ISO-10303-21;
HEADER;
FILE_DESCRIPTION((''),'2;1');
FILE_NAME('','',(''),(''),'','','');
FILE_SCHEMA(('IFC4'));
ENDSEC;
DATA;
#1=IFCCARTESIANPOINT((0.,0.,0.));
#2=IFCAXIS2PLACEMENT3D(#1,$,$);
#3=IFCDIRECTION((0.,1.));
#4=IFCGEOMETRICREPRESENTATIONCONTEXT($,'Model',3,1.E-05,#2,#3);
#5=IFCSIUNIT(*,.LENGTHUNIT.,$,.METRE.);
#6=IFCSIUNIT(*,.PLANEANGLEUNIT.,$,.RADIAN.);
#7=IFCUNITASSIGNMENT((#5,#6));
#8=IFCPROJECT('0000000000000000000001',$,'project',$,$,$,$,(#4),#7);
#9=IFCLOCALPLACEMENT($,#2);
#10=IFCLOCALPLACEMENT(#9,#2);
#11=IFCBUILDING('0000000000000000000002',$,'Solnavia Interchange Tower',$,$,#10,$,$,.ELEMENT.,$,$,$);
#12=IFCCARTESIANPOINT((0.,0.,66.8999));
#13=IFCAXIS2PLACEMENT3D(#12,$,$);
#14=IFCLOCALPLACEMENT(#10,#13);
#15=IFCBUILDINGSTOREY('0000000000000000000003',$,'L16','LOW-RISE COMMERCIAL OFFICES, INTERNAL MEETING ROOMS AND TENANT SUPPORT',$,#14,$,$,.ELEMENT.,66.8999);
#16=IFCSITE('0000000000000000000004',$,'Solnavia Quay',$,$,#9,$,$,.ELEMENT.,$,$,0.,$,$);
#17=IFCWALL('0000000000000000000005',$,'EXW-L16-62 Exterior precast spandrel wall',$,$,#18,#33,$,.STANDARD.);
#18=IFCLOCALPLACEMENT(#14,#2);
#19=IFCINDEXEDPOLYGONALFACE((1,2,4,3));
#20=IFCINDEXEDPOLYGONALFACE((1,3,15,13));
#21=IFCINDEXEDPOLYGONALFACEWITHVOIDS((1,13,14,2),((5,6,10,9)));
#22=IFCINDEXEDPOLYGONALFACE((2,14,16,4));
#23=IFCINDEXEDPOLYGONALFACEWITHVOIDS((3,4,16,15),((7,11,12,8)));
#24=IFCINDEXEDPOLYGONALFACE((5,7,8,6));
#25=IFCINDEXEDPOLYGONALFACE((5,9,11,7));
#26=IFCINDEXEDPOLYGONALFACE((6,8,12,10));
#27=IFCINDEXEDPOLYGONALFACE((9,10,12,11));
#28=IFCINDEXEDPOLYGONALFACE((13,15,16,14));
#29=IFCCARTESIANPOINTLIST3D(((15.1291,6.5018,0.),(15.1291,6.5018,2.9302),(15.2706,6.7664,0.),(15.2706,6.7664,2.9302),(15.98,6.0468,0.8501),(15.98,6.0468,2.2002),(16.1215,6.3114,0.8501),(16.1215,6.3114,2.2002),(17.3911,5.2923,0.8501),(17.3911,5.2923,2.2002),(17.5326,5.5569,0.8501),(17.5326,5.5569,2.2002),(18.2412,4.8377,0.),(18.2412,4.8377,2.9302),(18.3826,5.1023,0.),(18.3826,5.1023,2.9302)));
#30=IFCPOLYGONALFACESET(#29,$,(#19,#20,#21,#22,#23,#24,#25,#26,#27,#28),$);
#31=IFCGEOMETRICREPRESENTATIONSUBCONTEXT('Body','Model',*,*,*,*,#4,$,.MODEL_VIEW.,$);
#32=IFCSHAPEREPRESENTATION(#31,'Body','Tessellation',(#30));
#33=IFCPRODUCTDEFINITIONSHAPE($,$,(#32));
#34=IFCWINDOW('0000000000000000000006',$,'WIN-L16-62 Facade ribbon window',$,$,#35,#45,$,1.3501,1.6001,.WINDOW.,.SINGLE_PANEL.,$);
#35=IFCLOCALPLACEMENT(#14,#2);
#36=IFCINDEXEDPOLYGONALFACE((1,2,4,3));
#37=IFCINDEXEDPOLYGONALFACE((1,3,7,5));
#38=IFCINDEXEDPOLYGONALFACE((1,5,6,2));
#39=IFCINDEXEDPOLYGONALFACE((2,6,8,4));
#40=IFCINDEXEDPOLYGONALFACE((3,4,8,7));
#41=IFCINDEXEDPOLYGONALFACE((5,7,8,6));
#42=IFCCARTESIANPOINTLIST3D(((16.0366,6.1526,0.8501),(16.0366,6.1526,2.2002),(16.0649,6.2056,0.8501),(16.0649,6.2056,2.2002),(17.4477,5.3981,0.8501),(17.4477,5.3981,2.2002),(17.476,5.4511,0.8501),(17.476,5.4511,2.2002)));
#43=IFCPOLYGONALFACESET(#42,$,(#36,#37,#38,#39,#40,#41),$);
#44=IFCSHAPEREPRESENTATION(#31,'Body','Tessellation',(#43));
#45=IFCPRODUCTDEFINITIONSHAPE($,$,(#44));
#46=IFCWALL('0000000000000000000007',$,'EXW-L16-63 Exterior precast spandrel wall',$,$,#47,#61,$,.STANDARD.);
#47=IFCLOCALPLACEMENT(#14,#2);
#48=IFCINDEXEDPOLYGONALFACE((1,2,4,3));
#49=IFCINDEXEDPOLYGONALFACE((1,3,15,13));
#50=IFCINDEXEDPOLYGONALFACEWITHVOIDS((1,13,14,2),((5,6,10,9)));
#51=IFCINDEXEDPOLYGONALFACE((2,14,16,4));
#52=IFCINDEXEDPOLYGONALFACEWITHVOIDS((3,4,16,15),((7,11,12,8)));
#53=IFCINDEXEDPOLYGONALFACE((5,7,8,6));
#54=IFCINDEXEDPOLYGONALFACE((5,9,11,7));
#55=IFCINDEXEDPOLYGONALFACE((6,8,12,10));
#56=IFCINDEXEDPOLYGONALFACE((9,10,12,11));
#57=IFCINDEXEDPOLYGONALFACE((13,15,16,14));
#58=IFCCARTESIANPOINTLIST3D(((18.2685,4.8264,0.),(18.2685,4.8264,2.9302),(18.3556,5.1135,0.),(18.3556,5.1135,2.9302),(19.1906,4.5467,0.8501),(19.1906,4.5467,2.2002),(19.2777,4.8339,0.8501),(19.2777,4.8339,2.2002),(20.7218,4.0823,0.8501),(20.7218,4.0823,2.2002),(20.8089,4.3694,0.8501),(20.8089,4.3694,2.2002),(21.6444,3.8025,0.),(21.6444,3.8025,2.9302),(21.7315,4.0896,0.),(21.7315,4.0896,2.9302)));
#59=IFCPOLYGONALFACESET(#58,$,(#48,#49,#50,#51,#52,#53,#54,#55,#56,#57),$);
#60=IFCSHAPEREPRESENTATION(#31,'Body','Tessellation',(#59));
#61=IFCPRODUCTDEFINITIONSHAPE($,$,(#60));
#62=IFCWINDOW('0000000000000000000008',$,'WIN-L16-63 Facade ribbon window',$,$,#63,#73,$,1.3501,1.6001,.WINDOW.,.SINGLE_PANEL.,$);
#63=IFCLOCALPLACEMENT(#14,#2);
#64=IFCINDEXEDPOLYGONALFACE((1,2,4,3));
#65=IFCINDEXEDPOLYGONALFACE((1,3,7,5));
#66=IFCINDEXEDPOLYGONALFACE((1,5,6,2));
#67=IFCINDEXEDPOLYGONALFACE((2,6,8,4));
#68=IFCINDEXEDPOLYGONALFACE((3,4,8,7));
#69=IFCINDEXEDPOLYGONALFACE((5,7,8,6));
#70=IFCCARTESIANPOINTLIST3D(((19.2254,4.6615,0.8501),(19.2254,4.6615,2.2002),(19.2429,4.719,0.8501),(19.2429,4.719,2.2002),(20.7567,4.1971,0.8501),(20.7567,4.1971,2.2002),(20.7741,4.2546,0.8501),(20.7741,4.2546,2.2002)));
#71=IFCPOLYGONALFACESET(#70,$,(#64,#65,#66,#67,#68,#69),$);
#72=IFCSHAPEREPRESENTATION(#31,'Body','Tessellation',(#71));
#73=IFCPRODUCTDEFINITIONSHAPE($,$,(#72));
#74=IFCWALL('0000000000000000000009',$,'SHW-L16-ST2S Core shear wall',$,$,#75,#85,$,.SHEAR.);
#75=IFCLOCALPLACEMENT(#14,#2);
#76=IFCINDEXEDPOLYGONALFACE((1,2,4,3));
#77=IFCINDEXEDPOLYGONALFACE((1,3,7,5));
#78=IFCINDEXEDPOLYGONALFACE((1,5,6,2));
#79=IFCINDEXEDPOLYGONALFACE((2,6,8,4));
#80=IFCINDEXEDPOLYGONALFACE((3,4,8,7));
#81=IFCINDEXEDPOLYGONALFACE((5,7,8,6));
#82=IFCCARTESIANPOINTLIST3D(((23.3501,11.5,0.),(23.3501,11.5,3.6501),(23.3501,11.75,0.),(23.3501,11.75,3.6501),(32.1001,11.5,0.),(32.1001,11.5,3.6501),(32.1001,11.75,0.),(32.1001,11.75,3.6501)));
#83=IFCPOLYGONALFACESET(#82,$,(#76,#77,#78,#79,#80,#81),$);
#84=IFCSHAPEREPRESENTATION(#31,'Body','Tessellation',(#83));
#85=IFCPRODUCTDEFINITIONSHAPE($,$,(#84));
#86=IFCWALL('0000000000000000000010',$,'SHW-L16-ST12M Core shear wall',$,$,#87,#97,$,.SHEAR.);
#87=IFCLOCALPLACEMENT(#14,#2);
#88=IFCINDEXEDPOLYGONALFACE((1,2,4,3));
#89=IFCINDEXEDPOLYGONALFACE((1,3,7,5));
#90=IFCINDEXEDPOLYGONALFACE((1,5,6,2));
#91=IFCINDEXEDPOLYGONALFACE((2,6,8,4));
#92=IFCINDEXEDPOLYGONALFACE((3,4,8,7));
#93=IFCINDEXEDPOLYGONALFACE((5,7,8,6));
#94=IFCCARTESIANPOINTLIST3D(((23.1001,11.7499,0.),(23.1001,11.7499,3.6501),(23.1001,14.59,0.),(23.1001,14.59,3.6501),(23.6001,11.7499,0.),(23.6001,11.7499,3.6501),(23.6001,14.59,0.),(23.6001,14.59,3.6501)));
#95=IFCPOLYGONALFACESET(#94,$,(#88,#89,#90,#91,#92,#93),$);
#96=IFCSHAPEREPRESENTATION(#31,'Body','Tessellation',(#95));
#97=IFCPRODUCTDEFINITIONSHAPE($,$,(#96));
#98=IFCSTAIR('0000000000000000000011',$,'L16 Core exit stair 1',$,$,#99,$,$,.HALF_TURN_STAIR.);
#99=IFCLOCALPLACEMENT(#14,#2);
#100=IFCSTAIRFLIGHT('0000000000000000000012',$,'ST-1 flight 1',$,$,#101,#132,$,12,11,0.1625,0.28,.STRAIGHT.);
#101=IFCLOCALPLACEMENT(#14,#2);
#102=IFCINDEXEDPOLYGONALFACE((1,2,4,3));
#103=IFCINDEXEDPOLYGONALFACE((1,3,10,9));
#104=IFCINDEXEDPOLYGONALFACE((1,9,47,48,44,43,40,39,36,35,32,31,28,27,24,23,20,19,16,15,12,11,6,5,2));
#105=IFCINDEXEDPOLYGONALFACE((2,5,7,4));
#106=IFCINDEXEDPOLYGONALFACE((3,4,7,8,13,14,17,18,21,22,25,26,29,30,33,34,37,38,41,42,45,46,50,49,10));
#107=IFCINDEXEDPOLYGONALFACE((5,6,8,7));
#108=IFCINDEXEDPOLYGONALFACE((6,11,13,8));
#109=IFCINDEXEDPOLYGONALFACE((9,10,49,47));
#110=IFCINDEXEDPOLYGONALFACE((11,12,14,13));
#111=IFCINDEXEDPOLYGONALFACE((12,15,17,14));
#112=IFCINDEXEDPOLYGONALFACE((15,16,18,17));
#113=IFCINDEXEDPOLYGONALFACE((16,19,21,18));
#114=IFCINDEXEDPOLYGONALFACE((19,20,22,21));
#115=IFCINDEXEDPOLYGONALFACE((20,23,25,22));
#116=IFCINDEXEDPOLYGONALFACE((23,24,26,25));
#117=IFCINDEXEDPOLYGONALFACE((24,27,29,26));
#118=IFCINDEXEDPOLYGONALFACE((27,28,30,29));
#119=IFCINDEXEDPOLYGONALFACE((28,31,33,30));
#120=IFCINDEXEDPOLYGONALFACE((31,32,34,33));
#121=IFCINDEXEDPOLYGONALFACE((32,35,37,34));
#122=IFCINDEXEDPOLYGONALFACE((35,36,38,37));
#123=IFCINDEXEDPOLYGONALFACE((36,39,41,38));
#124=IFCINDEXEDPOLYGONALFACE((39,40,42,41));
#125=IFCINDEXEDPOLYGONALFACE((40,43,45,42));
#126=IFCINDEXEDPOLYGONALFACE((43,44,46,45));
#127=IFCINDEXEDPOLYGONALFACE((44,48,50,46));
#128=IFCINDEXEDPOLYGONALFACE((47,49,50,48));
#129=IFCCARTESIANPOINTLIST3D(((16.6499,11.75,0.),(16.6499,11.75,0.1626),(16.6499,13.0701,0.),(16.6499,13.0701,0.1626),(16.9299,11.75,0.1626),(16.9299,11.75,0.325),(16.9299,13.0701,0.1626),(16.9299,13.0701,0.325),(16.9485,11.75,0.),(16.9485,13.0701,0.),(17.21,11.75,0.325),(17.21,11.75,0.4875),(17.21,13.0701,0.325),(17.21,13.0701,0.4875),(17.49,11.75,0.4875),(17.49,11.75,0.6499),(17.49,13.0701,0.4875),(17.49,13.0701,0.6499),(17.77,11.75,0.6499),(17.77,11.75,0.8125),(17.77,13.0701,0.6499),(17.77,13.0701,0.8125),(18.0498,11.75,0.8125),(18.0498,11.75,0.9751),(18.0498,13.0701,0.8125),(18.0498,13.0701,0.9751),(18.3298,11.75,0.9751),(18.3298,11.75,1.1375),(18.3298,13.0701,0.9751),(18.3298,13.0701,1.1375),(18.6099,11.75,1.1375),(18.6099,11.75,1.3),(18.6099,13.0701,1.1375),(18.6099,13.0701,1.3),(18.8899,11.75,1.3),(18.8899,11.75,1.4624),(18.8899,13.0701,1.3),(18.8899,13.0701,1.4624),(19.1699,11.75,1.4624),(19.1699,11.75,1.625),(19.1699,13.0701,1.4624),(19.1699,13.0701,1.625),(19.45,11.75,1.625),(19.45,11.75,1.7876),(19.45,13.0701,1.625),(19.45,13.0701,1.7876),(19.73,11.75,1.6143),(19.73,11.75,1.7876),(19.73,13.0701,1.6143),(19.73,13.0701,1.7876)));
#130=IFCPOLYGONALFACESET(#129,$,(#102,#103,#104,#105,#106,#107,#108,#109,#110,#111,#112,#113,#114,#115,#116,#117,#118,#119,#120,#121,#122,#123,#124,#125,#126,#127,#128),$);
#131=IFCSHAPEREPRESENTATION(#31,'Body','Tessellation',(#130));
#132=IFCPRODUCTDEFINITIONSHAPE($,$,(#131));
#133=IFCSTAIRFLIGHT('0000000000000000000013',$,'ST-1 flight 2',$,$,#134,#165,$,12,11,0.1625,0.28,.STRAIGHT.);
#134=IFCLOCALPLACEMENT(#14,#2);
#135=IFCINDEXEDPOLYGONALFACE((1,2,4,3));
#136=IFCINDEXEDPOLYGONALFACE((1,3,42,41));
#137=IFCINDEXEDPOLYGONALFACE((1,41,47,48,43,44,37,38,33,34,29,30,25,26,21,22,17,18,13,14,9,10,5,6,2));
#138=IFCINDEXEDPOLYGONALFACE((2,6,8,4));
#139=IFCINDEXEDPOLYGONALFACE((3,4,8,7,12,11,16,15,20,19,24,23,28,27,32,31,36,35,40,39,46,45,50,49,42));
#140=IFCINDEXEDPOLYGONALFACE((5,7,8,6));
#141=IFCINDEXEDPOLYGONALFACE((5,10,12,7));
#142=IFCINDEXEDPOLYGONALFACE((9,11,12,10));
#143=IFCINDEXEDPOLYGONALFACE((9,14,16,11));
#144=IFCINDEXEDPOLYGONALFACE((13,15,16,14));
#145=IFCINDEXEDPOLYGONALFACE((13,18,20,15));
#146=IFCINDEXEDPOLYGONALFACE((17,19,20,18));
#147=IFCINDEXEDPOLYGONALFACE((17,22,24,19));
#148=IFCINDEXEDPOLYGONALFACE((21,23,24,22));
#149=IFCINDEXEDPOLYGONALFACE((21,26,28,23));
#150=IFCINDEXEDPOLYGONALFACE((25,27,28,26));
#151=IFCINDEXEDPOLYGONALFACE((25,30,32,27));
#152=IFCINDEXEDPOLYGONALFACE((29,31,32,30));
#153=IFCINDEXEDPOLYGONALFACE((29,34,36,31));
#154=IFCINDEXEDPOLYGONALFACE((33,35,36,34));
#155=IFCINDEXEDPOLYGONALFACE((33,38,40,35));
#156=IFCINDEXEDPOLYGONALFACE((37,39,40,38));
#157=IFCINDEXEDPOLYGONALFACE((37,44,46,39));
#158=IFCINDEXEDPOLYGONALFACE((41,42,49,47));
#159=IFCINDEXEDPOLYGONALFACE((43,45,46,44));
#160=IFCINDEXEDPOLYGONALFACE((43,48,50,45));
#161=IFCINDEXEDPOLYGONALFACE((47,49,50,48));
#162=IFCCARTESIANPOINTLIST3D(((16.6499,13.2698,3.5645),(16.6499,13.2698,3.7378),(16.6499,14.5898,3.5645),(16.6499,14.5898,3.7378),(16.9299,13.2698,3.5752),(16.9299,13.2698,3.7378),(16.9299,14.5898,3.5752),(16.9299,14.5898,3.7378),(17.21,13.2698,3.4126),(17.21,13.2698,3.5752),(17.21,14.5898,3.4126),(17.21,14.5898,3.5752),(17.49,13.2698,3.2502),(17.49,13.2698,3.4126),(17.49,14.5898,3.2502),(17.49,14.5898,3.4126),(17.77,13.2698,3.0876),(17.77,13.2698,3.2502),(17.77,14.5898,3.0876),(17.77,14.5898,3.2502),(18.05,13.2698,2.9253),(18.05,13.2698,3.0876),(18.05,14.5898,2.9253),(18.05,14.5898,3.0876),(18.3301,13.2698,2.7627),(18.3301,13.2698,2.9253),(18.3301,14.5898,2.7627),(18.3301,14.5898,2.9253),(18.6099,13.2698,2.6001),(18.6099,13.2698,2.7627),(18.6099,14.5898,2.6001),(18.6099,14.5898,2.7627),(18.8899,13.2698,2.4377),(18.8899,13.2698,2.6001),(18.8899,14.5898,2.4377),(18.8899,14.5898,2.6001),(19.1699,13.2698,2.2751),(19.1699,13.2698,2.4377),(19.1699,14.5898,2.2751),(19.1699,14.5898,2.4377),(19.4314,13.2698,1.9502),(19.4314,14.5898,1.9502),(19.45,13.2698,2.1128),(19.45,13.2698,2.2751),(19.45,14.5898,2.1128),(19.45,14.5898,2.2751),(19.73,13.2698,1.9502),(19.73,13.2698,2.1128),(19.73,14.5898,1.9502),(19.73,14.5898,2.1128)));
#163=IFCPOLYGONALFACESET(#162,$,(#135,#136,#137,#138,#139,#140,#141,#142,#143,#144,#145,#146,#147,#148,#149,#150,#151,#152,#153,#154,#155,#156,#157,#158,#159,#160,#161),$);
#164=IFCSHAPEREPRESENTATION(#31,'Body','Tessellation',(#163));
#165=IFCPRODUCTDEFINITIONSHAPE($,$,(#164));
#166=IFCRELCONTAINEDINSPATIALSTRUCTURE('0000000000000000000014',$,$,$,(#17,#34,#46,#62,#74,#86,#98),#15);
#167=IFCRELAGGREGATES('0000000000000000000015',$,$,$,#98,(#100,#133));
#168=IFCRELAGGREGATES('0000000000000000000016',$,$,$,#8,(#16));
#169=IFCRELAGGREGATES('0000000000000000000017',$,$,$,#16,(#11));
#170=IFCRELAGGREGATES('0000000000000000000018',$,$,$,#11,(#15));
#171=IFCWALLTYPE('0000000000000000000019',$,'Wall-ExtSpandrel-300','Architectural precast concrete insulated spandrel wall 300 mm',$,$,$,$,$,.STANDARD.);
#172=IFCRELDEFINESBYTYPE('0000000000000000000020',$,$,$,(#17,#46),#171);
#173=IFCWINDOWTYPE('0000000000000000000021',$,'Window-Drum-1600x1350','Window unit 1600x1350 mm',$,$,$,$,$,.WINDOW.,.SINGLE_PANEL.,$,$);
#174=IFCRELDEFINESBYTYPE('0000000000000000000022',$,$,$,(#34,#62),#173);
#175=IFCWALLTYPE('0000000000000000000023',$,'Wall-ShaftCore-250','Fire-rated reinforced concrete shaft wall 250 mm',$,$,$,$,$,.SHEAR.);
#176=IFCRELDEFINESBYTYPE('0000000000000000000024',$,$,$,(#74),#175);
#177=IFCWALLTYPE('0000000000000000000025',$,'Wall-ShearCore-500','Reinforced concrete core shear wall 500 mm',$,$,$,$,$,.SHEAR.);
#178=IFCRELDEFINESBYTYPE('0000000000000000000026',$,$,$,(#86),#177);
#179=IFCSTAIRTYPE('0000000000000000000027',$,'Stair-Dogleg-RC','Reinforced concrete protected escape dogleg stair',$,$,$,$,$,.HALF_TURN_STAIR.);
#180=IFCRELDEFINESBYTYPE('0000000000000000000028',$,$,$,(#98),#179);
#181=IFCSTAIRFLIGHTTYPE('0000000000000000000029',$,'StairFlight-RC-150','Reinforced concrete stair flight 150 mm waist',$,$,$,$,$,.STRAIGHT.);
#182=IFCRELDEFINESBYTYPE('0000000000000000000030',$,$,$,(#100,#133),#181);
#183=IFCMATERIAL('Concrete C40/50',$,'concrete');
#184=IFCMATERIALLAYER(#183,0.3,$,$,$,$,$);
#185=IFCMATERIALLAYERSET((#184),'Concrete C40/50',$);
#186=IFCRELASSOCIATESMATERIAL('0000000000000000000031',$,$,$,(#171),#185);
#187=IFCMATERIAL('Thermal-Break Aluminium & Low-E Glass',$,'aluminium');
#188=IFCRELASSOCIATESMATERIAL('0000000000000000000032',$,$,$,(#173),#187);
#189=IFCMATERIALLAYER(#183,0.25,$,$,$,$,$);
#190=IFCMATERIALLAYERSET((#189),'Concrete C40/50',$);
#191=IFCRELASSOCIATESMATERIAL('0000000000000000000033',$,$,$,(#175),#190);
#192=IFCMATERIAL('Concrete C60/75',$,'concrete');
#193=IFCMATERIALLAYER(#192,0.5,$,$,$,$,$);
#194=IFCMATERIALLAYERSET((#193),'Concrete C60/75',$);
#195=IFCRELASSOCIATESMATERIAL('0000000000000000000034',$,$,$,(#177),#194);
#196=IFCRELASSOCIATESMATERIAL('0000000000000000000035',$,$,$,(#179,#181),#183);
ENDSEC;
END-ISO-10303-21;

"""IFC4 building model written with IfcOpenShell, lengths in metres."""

from ifc_helpers import new_model, si_unit, direction, frame, frame_2d, origin, place, context, subcontext, project, spatial, polyline, rectangle, outline, extrude, material, layer, layer_set, type_object, element, fill, aggregate, save


model = new_model("IFC4")

# Units and contexts
model_context = context("Model", 3, precision=1e-05, world=origin(), true_north=direction((0.0, 1.0)))
body_context = subcontext(model_context, "Body", "Model", "MODEL_VIEW")
ifc_project = project(units=[si_unit("LENGTHUNIT", "METRE"), si_unit("PLANEANGLEUNIT", "RADIAN")], contexts=[model_context])

# Site, building, storey
site_placement = place(None, origin())
site = spatial("IfcSite", under=ifc_project, at=site_placement, Name="Solnavia Quay", CompositionType="ELEMENT", RefElevation=0.0)
building_placement = place(site_placement, origin())
building = spatial("IfcBuilding", under=site, at=building_placement, Name="Solnavia Interchange Tower", CompositionType="ELEMENT")
storey_placement = place(building_placement, frame((0.0, 0.0, 66.8999)))
storey = spatial("IfcBuildingStorey", under=building, at=storey_placement, Name="L16", Description="LOW-RISE COMMERCIAL OFFICES, INTERNAL MEETING ROOMS AND TENANT SUPPORT", CompositionType="ELEMENT", Elevation=66.8999)

# Shared definitions
ifc_material_1 = material(Name="Concrete C60/75", Category="concrete")

# Walls, openings, windows
ifc_material_2 = material(Name="Concrete C40/50", Category="concrete")
ifc_layer_1 = layer(ifc_material_2, 0.3)
ifc_layer_set_1 = layer_set([ifc_layer_1], Name="Concrete C40/50")
wall_type_1 = type_object("IfcWallType", Name="Wall-ExtSpandrel-300", Description="Architectural precast concrete insulated spandrel wall 300 mm", PredefinedType="STANDARD", material=ifc_layer_set_1)
wall_1_placement = place(storey_placement, frame((18.312, 4.97, 0.0), z_axis=(0.0, 0.0, 1.0), x_axis=(-0.881847, 0.471536, 0.0)))
wall_1 = element("IfcWall", 1, at=wall_1_placement, inside=storey, type_object=wall_type_1, Name="EXW-L16-62 Exterior precast spandrel wall", PredefinedType="STANDARD", context=body_context, shape_type="SweptSolid", body=[
    extrude(rectangle(XDim=3.5291, YDim=0.3, at=frame_2d((1.7646, 0.0))), origin(), (0.0, 0.0, 1.0), 2.9302),
])
opening_1_placement = place(wall_1_placement, frame((0.9641, 0.0, 0.8501)))
opening_1 = element("IfcOpeningElement", 2, at=opening_1_placement, cuts=wall_1, PredefinedType="OPENING", context=body_context, shape_type="SweptSolid", body=[
    extrude(rectangle(XDim=1.6001, YDim=1.3501, at=frame_2d((0.8, 0.675))), frame((0.0, 0.1602, 0.0), z_axis=(0.0, -1.0, 0.0), x_axis=(1.0, 0.0, 0.0)), (0.0, 0.0, 1.0), 0.3201),
])
ifc_material_3 = material(Name="Thermal-Break Aluminium & Low-E Glass", Category="aluminium")
window_type = type_object("IfcWindowType", Name="Window-Drum-1600x1350", Description="Window unit 1600x1350 mm", PartitioningType="SINGLE_PANEL", PredefinedType="WINDOW", material=ifc_material_3)
window_1_placement = place(opening_1_placement, origin())
window_1 = element("IfcWindow", 3, at=window_1_placement, inside=storey, type_object=window_type, Name="WIN-L16-62 Facade ribbon window", OverallHeight=1.3501, OverallWidth=1.6001, PartitioningType="SINGLE_PANEL", PredefinedType="WINDOW", context=body_context, shape_type="SweptSolid", body=[
    extrude(rectangle(XDim=1.6001, YDim=1.3501, at=frame_2d((0.8, 0.675))), frame((0.0, 0.03, 0.0), z_axis=(0.0, -1.0, 0.0), x_axis=(1.0, 0.0, 0.0)), (0.0, 0.0, 1.0), 0.0601),
])
fill(opening_1, window_1)
wall_2_placement = place(storey_placement, frame((21.688, 3.946, 0.0), z_axis=(0.0, 0.0, 1.0), x_axis=(-0.956953, 0.290242, 0.0)))
wall_2 = element("IfcWall", 4, at=wall_2_placement, inside=storey, type_object=wall_type_1, Name="EXW-L16-63 Exterior precast spandrel wall", PredefinedType="STANDARD", context=body_context, shape_type="SweptSolid", body=[
    extrude(rectangle(XDim=3.5278, YDim=0.3, at=frame_2d((1.7639, 0.0))), origin(), (0.0, 0.0, 1.0), 2.9302),
])
opening_2_placement = place(wall_2_placement, frame((0.9641, 0.0, 0.8501)))
opening_2 = element("IfcOpeningElement", 5, at=opening_2_placement, cuts=wall_2, PredefinedType="OPENING", context=body_context, shape_type="SweptSolid", body=[
    extrude(rectangle(XDim=1.6001, YDim=1.3501, at=frame_2d((0.8, 0.675))), frame((0.0, 0.1602, 0.0), z_axis=(0.0, -1.0, 0.0), x_axis=(1.0, 0.0, 0.0)), (0.0, 0.0, 1.0), 0.3201),
])
window_2_placement = place(opening_2_placement, origin())
window_2 = element("IfcWindow", 6, at=window_2_placement, inside=storey, type_object=window_type, Name="WIN-L16-63 Facade ribbon window", OverallHeight=1.3501, OverallWidth=1.6001, PartitioningType="SINGLE_PANEL", PredefinedType="WINDOW", context=body_context, shape_type="SweptSolid", body=[
    extrude(rectangle(XDim=1.6001, YDim=1.3501, at=frame_2d((0.8, 0.675))), frame((0.0, 0.03, 0.0), z_axis=(0.0, -1.0, 0.0), x_axis=(1.0, 0.0, 0.0)), (0.0, 0.0, 1.0), 0.0601),
])
fill(opening_2, window_2)

# Walls
ifc_layer_2 = layer(ifc_material_2, 0.25)
ifc_layer_set_2 = layer_set([ifc_layer_2], Name="Concrete C40/50")
wall_type_2 = type_object("IfcWallType", Name="Wall-ShaftCore-250", Description="Fire-rated reinforced concrete shaft wall 250 mm", PredefinedType="SHEAR", material=ifc_layer_set_2)
wall_3_placement = place(storey_placement, frame((23.3501, 11.625, 0.0), z_axis=(0.0, 0.0, 1.0), x_axis=(1.0, 0.0, 0.0)))
element("IfcWall", 7, at=wall_3_placement, inside=storey, type_object=wall_type_2, Name="SHW-L16-ST2S Core shear wall", PredefinedType="SHEAR", context=body_context, shape_type="SweptSolid", body=[
    extrude(rectangle(XDim=8.75, YDim=0.25, at=frame_2d((4.375, 0.0))), origin(), (0.0, 0.0, 1.0), 3.6501),
])
ifc_layer_3 = layer(ifc_material_1, 0.5)
ifc_layer_set_3 = layer_set([ifc_layer_3], Name="Concrete C60/75")
wall_type_3 = type_object("IfcWallType", Name="Wall-ShearCore-500", Description="Reinforced concrete core shear wall 500 mm", PredefinedType="SHEAR", material=ifc_layer_set_3)
wall_4_placement = place(storey_placement, frame((23.3501, 11.75, 0.0), z_axis=(0.0, 0.0, 1.0), x_axis=(0.0, 1.0, 0.0)))
element("IfcWall", 8, at=wall_4_placement, inside=storey, type_object=wall_type_3, Name="SHW-L16-ST12M Core shear wall", PredefinedType="SHEAR", context=body_context, shape_type="SweptSolid", body=[
    extrude(rectangle(XDim=2.8401, YDim=0.5, at=frame_2d((1.4199, 0.0))), origin(), (0.0, 0.0, 1.0), 3.6501),
])

# Stair, stair flights
stair_type = type_object("IfcStairType", Name="Stair-Dogleg-RC", Description="Reinforced concrete protected escape dogleg stair", PredefinedType="HALF_TURN_STAIR", material=ifc_material_2)
stair_placement = place(storey_placement, origin())
stair = element("IfcStair", 9, at=stair_placement, inside=storey, type_object=stair_type, Name="L16 Core exit stair 1", PredefinedType="HALF_TURN_STAIR")
stair_flight_type = type_object("IfcStairFlightType", Name="StairFlight-RC-150", Description="Reinforced concrete stair flight 150 mm waist", PredefinedType="STRAIGHT", material=ifc_material_2)
stair_flight_1_placement = place(storey_placement, frame((16.6499, 12.4099, 0.0), z_axis=(0.0, 0.0, 1.0), x_axis=(1.0, 0.0, 0.0)))
stair_flight_1 = element("IfcStairFlight", 10, at=stair_flight_1_placement, type_object=stair_flight_type, Name="ST-1 flight 1", NumberOfRisers=12, NumberOfTreads=11, PredefinedType="STRAIGHT", RiserHeight=0.1625, TreadLength=0.28, context=body_context, shape_type="SweptSolid", body=[
    extrude(outline(polyline([(0.0, 0.0), (0.0, 0.1626), (0.28, 0.1626), (0.28, 0.325), (0.5601, 0.325), (0.5601, 0.4875), (0.8401, 0.4875), (0.8401, 0.6499), (1.1201, 0.6499), (1.1201, 0.8125), (1.3999, 0.8125), (1.3999, 0.9751), (1.6799, 0.9751), (1.6799, 1.1375), (1.96, 1.1375), (1.96, 1.3), (2.24, 1.3), (2.24, 1.4624), (2.52, 1.4624), (2.52, 1.625), (2.8, 1.625), (2.8, 1.7876), (3.0801, 1.7876), (3.0801, 1.95), (3.0801, 1.6143), (0.2986, 0.0), (0.0, 0.0)])), frame((0.0, 0.6602, 0.0), z_axis=(0.0, -1.0, 0.0), x_axis=(1.0, 0.0, 0.0)), (0.0, 0.0, 1.0), 1.3201),
])
stair_flight_2_placement = place(storey_placement, frame((19.73, 13.9299, 1.9502), z_axis=(0.0, 0.0, 1.0), x_axis=(-1.0, 0.0, 0.0)))
stair_flight_2 = element("IfcStairFlight", 11, at=stair_flight_2_placement, type_object=stair_flight_type, Name="ST-1 flight 2", NumberOfRisers=12, NumberOfTreads=11, PredefinedType="STRAIGHT", RiserHeight=0.1625, TreadLength=0.28, context=body_context, shape_type="SweptSolid", body=[
    extrude(outline(polyline([(0.0, 0.0), (0.0, 0.1626), (0.28, 0.1626), (0.28, 0.325), (0.5601, 0.325), (0.5601, 0.4875), (0.8401, 0.4875), (0.8401, 0.6499), (1.1201, 0.6499), (1.1201, 0.8125), (1.3999, 0.8125), (1.3999, 0.9751), (1.6799, 0.9751), (1.6799, 1.1375), (1.96, 1.1375), (1.96, 1.3), (2.24, 1.3), (2.24, 1.4624), (2.52, 1.4624), (2.52, 1.625), (2.8, 1.625), (2.8, 1.7876), (3.0801, 1.7876), (3.0801, 1.95), (3.0801, 1.6143), (0.2986, 0.0), (0.0, 0.0)])), frame((0.0, 0.6602, 0.0), z_axis=(0.0, -1.0, 0.0), x_axis=(1.0, 0.0, 0.0)), (0.0, 0.0, 1.0), 1.3201),
])
aggregate(stair, [stair_flight_1, stair_flight_2])

save(model, "model.ifc")
